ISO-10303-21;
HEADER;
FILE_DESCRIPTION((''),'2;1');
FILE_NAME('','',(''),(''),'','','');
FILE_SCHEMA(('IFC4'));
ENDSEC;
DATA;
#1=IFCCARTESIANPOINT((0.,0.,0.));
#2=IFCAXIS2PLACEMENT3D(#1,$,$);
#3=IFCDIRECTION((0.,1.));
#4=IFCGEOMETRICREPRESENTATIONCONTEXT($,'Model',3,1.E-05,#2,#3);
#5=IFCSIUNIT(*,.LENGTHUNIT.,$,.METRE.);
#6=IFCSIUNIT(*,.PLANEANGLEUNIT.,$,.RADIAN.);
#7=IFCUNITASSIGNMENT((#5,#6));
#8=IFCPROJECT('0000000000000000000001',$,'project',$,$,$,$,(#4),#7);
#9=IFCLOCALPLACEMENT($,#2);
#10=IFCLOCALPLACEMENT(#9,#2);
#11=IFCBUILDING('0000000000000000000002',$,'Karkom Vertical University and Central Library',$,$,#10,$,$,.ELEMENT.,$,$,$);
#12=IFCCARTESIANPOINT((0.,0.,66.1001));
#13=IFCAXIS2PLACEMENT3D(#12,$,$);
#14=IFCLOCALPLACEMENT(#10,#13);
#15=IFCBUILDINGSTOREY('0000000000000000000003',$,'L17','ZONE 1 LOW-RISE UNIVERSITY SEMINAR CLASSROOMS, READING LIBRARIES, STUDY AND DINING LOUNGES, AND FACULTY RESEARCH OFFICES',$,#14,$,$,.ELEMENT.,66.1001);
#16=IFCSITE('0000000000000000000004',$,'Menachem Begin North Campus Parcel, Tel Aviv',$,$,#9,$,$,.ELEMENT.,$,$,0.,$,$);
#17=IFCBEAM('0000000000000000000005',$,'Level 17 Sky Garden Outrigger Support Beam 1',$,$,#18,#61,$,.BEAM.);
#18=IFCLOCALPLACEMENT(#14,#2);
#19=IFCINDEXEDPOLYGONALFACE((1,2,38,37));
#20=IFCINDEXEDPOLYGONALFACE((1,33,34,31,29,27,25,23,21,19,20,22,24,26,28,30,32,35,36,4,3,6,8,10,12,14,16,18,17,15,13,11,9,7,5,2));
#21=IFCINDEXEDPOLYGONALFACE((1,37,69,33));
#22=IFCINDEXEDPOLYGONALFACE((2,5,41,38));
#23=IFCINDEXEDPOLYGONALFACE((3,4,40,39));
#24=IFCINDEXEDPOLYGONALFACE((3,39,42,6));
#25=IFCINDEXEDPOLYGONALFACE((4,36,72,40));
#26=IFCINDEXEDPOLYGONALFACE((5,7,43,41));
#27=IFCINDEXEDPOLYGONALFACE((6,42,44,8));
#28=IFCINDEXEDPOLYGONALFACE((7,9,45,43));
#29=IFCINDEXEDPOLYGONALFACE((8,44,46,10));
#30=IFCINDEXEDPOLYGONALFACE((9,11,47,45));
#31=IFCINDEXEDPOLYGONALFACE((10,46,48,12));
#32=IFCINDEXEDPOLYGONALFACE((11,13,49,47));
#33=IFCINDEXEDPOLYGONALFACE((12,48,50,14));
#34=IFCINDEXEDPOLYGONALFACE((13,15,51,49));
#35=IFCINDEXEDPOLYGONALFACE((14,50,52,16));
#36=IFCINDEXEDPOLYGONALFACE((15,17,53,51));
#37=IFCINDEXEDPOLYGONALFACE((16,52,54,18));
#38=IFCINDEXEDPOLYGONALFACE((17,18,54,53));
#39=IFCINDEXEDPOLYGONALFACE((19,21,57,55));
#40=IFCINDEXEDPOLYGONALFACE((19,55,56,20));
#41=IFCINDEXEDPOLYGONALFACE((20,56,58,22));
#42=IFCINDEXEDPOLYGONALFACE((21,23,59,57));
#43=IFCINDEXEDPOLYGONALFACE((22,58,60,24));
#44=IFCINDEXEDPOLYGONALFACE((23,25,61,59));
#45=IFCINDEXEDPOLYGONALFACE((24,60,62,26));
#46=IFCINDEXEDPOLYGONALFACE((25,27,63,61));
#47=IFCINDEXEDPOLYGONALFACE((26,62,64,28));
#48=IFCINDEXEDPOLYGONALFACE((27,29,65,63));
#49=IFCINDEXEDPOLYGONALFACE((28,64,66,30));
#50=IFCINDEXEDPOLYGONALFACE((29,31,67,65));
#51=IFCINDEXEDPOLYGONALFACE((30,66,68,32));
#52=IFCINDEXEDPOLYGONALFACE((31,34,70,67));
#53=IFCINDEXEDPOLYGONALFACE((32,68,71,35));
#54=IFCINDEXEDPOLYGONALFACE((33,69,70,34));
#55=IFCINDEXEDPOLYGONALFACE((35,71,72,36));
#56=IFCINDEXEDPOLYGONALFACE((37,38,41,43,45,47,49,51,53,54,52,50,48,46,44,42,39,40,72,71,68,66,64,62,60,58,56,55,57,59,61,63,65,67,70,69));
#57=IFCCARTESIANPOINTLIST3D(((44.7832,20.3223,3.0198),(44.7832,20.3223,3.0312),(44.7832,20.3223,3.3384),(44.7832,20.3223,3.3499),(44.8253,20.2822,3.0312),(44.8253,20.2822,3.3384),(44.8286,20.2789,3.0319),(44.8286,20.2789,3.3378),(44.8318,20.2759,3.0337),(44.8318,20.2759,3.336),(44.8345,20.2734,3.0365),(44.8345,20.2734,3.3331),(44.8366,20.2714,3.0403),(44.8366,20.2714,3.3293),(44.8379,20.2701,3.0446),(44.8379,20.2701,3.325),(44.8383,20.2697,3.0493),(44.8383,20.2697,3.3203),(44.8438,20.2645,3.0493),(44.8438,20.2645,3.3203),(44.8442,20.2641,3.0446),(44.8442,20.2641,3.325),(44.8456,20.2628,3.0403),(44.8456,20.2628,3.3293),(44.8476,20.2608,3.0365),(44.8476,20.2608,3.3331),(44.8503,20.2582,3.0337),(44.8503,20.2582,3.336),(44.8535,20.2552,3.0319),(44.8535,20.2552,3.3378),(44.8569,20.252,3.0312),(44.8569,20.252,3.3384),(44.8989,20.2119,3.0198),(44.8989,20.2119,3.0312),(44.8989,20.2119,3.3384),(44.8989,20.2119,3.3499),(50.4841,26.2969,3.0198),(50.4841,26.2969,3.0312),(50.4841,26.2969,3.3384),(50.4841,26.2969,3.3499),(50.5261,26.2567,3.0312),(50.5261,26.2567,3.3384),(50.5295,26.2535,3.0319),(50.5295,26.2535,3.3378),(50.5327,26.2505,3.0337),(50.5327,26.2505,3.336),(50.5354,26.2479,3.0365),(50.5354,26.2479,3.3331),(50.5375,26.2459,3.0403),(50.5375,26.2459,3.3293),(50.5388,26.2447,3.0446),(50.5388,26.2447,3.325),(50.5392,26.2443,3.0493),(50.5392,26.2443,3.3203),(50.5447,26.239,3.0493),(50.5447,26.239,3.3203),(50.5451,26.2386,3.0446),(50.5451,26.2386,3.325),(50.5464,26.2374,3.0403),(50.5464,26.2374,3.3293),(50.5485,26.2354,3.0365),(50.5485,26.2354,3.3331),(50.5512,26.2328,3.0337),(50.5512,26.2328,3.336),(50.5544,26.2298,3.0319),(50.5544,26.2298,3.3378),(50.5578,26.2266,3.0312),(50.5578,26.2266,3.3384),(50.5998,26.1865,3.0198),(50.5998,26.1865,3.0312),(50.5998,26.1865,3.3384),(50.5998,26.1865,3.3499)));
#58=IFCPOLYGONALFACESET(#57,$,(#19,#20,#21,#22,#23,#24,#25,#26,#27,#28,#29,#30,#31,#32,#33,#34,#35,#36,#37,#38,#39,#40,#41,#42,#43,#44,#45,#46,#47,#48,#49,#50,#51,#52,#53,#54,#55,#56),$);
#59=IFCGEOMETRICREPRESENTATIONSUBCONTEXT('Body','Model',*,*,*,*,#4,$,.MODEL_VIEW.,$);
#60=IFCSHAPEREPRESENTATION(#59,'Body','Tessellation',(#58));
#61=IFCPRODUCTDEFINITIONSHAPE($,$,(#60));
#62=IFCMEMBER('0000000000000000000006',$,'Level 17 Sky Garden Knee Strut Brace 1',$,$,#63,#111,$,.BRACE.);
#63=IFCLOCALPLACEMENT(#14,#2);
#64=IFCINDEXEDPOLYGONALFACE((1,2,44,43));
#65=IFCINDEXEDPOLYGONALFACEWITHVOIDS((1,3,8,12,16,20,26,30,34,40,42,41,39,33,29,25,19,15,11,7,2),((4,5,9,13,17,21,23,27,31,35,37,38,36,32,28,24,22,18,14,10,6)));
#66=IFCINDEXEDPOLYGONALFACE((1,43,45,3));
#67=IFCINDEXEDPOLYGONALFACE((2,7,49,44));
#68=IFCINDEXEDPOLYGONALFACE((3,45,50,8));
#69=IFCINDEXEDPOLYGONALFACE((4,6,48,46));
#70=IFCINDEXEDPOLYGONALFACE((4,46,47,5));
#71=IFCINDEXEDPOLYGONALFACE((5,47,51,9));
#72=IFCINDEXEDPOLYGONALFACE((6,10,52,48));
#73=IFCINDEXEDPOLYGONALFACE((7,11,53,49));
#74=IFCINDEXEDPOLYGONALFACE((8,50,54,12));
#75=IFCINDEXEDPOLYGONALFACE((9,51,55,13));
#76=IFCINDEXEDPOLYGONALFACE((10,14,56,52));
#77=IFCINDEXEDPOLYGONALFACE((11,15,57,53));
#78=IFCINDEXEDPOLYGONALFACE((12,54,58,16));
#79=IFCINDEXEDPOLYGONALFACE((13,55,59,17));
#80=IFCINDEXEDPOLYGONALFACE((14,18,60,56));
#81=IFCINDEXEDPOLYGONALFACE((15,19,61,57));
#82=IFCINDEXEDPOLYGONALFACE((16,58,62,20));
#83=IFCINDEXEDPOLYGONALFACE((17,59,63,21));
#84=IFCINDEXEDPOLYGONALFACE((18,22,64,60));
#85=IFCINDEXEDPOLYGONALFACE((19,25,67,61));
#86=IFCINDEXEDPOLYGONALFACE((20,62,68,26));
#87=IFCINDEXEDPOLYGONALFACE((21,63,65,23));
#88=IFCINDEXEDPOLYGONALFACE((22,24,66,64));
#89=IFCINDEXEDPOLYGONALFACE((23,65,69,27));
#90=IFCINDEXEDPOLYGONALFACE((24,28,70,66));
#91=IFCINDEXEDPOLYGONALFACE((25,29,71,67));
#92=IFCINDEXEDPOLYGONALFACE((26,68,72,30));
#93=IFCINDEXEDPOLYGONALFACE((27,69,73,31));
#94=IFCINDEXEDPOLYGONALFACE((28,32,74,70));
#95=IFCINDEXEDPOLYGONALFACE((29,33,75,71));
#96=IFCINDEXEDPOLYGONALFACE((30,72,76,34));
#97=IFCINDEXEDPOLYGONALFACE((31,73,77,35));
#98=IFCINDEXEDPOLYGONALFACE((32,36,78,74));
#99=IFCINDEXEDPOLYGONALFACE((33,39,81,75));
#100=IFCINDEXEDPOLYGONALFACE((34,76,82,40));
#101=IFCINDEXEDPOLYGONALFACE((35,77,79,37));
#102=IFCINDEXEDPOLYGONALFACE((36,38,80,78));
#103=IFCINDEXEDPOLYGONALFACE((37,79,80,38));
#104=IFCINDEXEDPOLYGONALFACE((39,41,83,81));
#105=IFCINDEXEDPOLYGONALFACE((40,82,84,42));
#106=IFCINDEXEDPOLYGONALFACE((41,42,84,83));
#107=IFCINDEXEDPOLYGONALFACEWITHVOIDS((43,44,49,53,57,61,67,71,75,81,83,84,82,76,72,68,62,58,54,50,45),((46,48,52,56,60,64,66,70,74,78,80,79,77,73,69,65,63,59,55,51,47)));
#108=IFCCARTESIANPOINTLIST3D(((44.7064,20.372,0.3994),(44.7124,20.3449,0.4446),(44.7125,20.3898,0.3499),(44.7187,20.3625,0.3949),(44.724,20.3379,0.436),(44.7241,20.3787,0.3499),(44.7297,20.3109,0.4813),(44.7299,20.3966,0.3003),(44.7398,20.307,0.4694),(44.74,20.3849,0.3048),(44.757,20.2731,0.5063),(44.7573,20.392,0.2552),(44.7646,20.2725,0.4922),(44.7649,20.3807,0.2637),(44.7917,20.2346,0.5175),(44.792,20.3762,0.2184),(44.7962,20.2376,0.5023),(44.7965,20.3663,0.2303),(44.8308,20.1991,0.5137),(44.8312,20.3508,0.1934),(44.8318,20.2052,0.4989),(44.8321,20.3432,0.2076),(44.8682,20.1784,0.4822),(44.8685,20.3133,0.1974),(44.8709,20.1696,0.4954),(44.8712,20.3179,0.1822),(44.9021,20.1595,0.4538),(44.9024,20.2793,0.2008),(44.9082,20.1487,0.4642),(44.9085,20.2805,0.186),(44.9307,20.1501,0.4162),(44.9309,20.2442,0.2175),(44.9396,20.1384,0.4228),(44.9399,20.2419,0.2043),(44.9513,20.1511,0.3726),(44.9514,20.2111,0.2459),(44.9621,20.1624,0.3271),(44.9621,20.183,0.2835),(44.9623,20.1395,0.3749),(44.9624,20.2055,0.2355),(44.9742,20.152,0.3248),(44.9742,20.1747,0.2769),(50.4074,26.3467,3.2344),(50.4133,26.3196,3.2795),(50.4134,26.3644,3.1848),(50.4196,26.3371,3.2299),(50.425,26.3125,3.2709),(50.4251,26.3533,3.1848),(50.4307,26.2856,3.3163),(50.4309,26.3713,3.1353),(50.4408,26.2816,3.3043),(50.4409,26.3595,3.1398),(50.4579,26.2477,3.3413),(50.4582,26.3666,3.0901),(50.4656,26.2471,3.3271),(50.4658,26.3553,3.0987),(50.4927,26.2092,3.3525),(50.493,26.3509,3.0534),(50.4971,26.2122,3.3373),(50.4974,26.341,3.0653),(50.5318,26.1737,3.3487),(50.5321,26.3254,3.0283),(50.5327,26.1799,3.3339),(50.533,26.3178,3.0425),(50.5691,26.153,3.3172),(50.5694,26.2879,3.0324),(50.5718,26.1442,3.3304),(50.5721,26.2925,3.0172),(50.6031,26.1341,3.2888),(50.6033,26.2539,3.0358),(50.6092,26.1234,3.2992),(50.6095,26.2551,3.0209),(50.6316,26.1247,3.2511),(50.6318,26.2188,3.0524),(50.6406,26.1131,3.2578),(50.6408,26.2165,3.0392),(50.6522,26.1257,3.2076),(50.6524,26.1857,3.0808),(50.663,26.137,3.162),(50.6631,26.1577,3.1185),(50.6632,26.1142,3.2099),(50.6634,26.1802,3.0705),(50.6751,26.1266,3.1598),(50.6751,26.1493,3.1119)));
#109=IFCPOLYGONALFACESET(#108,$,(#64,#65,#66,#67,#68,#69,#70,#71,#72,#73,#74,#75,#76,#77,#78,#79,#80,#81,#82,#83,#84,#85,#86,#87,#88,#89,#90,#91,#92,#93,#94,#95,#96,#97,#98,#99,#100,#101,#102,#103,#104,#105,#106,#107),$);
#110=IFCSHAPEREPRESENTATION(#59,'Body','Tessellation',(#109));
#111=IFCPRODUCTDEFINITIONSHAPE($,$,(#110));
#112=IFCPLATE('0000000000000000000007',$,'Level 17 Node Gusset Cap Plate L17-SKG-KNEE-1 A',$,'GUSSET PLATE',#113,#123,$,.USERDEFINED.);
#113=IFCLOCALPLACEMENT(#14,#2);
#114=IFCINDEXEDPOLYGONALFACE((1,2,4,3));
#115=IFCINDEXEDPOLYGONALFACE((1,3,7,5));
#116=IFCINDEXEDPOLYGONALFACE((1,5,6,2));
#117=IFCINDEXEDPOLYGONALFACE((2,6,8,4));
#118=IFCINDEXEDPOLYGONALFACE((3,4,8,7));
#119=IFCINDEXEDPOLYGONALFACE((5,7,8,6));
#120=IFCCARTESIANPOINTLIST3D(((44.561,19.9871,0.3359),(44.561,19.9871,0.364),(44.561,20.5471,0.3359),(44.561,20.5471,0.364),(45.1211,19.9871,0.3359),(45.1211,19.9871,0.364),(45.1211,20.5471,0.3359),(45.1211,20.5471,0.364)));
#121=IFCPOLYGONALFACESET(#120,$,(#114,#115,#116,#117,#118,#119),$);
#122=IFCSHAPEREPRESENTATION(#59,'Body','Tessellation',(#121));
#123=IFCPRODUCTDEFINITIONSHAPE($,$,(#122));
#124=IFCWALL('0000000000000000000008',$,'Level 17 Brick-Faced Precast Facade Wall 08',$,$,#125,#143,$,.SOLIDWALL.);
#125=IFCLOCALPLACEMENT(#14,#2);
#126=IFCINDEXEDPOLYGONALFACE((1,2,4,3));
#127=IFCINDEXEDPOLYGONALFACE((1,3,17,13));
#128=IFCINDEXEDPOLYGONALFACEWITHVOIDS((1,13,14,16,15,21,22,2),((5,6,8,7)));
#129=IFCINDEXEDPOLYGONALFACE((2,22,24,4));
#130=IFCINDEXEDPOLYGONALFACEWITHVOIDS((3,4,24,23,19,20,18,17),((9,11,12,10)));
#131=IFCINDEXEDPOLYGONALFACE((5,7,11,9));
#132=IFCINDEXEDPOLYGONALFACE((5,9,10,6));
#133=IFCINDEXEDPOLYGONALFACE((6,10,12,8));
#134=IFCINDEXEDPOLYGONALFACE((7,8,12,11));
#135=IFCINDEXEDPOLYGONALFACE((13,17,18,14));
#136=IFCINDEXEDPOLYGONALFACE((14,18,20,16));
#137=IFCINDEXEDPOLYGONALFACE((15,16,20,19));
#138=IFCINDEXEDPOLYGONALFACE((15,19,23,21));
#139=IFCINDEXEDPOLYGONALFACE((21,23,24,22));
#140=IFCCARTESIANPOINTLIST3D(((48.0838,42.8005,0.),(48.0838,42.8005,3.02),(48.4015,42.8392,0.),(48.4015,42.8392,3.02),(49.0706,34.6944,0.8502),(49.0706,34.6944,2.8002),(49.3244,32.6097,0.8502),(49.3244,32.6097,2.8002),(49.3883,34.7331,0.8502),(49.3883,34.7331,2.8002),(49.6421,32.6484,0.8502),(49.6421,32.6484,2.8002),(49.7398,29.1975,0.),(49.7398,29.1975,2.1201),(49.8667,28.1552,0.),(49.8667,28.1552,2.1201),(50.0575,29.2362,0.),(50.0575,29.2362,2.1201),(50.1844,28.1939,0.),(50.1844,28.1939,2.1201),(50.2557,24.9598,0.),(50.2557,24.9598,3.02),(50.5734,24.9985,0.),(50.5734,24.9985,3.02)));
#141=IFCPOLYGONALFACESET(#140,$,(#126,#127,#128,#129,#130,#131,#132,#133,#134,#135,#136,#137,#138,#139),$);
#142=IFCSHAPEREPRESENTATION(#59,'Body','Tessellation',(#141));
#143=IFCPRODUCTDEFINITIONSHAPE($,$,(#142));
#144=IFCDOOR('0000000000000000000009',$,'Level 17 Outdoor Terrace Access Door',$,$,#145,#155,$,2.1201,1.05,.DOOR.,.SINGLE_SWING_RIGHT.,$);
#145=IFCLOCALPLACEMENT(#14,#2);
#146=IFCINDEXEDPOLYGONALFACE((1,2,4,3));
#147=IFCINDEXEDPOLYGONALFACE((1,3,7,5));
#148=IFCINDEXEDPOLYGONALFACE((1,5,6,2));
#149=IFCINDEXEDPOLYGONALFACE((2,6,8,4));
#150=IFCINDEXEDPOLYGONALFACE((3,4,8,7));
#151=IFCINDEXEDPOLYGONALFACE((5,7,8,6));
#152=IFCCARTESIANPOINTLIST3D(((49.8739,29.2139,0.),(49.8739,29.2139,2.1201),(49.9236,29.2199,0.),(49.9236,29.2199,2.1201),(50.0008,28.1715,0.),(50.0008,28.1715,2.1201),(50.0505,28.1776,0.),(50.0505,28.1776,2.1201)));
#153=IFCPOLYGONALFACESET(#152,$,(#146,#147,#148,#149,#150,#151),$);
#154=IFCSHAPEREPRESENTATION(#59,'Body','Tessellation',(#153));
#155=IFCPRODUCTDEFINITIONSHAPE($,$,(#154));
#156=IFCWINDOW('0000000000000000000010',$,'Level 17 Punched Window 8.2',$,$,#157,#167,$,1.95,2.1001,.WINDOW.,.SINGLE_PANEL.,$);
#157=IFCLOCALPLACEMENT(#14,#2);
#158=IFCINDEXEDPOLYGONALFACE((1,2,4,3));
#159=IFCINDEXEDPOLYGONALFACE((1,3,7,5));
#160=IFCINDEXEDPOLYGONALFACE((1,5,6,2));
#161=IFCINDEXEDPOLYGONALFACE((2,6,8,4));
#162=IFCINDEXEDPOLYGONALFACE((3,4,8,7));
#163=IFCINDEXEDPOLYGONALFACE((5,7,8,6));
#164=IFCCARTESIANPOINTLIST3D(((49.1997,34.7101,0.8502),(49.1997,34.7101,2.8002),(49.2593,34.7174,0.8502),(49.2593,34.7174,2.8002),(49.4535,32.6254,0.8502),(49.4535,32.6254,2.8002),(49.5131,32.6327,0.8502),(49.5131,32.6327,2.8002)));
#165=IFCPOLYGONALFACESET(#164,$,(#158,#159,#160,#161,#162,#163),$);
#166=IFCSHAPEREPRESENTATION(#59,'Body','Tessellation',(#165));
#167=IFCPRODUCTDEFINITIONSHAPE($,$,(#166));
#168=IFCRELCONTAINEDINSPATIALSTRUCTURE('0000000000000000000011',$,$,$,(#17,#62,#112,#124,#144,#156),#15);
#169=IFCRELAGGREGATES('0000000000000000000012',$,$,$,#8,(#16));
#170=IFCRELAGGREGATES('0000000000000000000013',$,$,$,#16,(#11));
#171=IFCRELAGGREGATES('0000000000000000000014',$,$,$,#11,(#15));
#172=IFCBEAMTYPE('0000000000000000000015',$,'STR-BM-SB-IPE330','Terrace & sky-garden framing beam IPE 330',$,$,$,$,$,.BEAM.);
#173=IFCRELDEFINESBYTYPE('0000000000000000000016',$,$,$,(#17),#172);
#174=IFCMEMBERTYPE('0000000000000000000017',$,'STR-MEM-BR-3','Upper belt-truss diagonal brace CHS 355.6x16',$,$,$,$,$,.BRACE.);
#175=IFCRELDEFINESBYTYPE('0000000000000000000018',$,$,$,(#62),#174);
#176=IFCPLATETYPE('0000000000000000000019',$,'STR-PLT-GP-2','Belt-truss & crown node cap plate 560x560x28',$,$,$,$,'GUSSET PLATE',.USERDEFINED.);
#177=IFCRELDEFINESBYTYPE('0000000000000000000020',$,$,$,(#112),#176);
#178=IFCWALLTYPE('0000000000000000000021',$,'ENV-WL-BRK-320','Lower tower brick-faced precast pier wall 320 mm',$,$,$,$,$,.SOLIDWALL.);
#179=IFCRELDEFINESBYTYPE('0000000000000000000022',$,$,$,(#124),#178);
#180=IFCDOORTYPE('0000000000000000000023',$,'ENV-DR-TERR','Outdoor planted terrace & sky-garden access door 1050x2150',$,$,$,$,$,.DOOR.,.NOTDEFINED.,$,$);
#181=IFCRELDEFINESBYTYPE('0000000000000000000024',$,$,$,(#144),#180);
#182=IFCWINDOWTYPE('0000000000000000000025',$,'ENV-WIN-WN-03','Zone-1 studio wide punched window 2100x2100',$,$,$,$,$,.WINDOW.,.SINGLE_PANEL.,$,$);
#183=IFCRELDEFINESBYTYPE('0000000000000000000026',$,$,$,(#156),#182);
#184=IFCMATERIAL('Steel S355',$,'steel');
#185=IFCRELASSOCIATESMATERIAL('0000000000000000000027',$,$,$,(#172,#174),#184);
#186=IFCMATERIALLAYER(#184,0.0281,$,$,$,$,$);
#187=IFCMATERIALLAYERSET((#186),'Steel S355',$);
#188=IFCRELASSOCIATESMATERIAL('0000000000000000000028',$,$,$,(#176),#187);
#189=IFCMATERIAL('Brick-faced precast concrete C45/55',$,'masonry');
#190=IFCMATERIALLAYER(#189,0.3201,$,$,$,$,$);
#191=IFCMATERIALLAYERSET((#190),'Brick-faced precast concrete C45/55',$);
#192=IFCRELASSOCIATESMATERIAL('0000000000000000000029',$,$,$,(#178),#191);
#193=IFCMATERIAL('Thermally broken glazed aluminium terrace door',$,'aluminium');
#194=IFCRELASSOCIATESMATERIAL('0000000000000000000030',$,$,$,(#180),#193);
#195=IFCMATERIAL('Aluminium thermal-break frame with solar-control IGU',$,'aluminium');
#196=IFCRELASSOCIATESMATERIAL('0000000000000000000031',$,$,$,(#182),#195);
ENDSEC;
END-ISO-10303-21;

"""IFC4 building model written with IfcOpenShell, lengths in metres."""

from ifc_helpers import new_model, si_unit, direction, frame, frame_2d, origin, origin_with_axes, origin_2d, place, context, subcontext, project, spatial, rectangle, hollow_circle, i_section, extrude, source, transform, mapped, material, layer, layer_set, material_profile, profile_set, type_object, element, fill, save


model = new_model("IFC4")

# Units and contexts
model_context = context("Model", 3, precision=1e-05, world=origin(), true_north=direction((0.0, 1.0)))
body_context = subcontext(model_context, "Body", "Model", "MODEL_VIEW")
ifc_project = project(units=[si_unit("LENGTHUNIT", "METRE"), si_unit("PLANEANGLEUNIT", "RADIAN")], contexts=[model_context])

# Site, building, storey
site_placement = place(None, origin())
site = spatial("IfcSite", under=ifc_project, at=site_placement, Name="Menachem Begin North Campus Parcel, Tel Aviv", CompositionType="ELEMENT", RefElevation=0.0)
building_placement = place(site_placement, origin())
building = spatial("IfcBuilding", under=site, at=building_placement, Name="Karkom Vertical University and Central Library", CompositionType="ELEMENT")
storey_placement = place(building_placement, frame((0.0, 0.0, 66.1001)))
storey = spatial("IfcBuildingStorey", under=building, at=storey_placement, Name="L17", Description="ZONE 1 LOW-RISE UNIVERSITY SEMINAR CLASSROOMS, READING LIBRARIES, STUDY AND DINING LOUNGES, AND FACULTY RESEARCH OFFICES", CompositionType="ELEMENT", Elevation=66.1001)

# Beam
ifc_material_1 = material(Name="Steel S355", Category="steel")
ifc_material_profile_1 = material_profile(ifc_material_1, i_section(OverallWidth=0.1599, OverallDepth=0.3301, WebThickness=0.0076, FlangeThickness=0.0115, FilletRadius=0.0181, at=origin_2d()), Name="IPE 330")
ifc_profile_set_1 = profile_set([ifc_material_profile_1], Name="Steel S355")
beam_type_1 = type_object("IfcBeamType", Name="STR-BM-SB-IPE330", Description="Terrace & sky-garden framing beam IPE 330", PredefinedType="BEAM", material=ifc_profile_set_1)
shared_shape_1 = source(origin_with_axes(), body_context, "Body", "SweptSolid", [
    extrude(i_section(OverallWidth=0.1599, OverallDepth=0.3301, WebThickness=0.0076, FlangeThickness=0.0115, FilletRadius=0.0181, at=origin_2d()), origin(), (0.0, 0.0, 1.0), 8.2581),
])
beam_1_placement = place(storey_placement, frame((44.8411, 20.2671, 3.1848), z_axis=(0.690342, 0.723483, 0.0), x_axis=(-0.723483, 0.690342, 0.0)))
element("IfcBeam", 1, at=beam_1_placement, inside=storey, type_object=beam_type_1, Name="Level 17 Sky Garden Outrigger Support Beam 1", PredefinedType="BEAM", context=body_context, shape_type="MappedRepresentation", body=[
    mapped(shared_shape_1, transform((0.0, 0.0, 0.0), scale=1.0)),
])

# Member
ifc_material_profile_2 = material_profile(ifc_material_1, hollow_circle(Radius=0.1777, WallThickness=0.0161, at=origin_2d()), Name="CHS 355.6x16")
ifc_profile_set_2 = profile_set([ifc_material_profile_2], Name="Steel S355")
member_type = type_object("IfcMemberType", Name="STR-MEM-BR-3", Description="Upper belt-truss diagonal brace CHS 355.6x16", PredefinedType="BRACE", material=ifc_profile_set_2)
shared_shape_2 = source(origin_with_axes(), body_context, "Body", "SweptSolid", [
    extrude(hollow_circle(Radius=0.1777, WallThickness=0.0161, at=origin_2d()), origin(), (0.0, 0.0, 1.0), 8.7312),
])
member_placement = place(storey_placement, frame((44.8411, 20.2671, 0.3499), z_axis=(0.652939, 0.684284, 0.324694), x_axis=(-0.723483, 0.690342, 0.0)))
element("IfcMember", 2, at=member_placement, inside=storey, type_object=member_type, Name="Level 17 Sky Garden Knee Strut Brace 1", PredefinedType="BRACE", context=body_context, shape_type="MappedRepresentation", body=[
    mapped(shared_shape_2, transform((0.0, 0.0, 0.0), scale=1.0)),
])

# Plate
ifc_layer_1 = layer(ifc_material_1, 0.0281)
ifc_layer_set_1 = layer_set([ifc_layer_1], Name="Steel S355")
plate_type = type_object("IfcPlateType", Name="STR-PLT-GP-2", Description="Belt-truss & crown node cap plate 560x560x28", ElementType="GUSSET PLATE", PredefinedType="USERDEFINED", material=ifc_layer_set_1)
shared_shape_3 = source(origin_with_axes(), body_context, "Body", "SweptSolid", [
    extrude(rectangle(XDim=0.5601, YDim=0.5601, at=origin_2d()), origin(), (0.0, 0.0, 1.0), 0.0281),
])
plate_placement = place(storey_placement, frame((44.8411, 20.2671, 0.3359), z_axis=(0.0, 0.0, 1.0), x_axis=(1.0, 0.0, 0.0)))
element("IfcPlate", 3, at=plate_placement, inside=storey, type_object=plate_type, Name="Level 17 Node Gusset Cap Plate L17-SKG-KNEE-1 A", ObjectType="GUSSET PLATE", PredefinedType="USERDEFINED", context=body_context, shape_type="MappedRepresentation", body=[
    mapped(shared_shape_3, transform((0.0, 0.0, 0.0), scale=1.0)),
])

# Wall, openings, door, window
ifc_material_2 = material(Name="Brick-faced precast concrete C45/55", Category="masonry")
ifc_layer_2 = layer(ifc_material_2, 0.3201)
ifc_layer_set_2 = layer_set([ifc_layer_2], Name="Brick-faced precast concrete C45/55")
wall_type_1 = type_object("IfcWallType", Name="ENV-WL-BRK-320", Description="Lower tower brick-faced precast pier wall 320 mm", PredefinedType="SOLIDWALL", material=ifc_layer_set_2)
wall_1_placement = place(storey_placement, frame((50.4146, 24.979, 0.0), z_axis=(0.0, 0.0, 1.0), x_axis=(-0.120844, 0.992671, 0.0)))
wall_1 = element("IfcWall", 4, at=wall_1_placement, inside=storey, type_object=wall_type_1, Name="Level 17 Brick-Faced Precast Facade Wall 08", PredefinedType="SOLIDWALL", context=body_context, shape_type="SweptSolid", body=[
    extrude(rectangle(XDim=17.9724, YDim=0.3201, at=frame_2d((8.9863, 0.0))), origin(), (0.0, 0.0, 1.0), 3.02),
])
opening_1_placement = place(wall_1_placement, frame((7.7065, 0.0, 0.8501)))
opening_1 = element("IfcOpeningElement", 5, at=opening_1_placement, cuts=wall_1, PredefinedType="OPENING", context=body_context, shape_type="SweptSolid", body=[
    extrude(rectangle(XDim=2.1001, YDim=1.95, at=frame_2d((1.05, 0.9751))), frame((0.0, 0.1699, 0.0), z_axis=(0.0, -1.0, 0.0), x_axis=(1.0, 0.0, 0.0)), (0.0, 0.0, 1.0), 0.3401),
])
opening_2_placement = place(wall_1_placement, frame((3.2192, 0.0, 0.0)))
opening_2 = element("IfcOpeningElement", 6, at=opening_2_placement, cuts=wall_1, PredefinedType="OPENING", context=body_context, shape_type="SweptSolid", body=[
    extrude(rectangle(XDim=1.05, YDim=2.1201, at=frame_2d((0.5249, 1.0601))), frame((0.0, 0.1699, 0.0), z_axis=(0.0, -1.0, 0.0), x_axis=(1.0, 0.0, 0.0)), (0.0, 0.0, 1.0), 0.3401),
])
ifc_material_3 = material(Name="Thermally broken glazed aluminium terrace door", Category="aluminium")
door_type = type_object("IfcDoorType", Name="ENV-DR-TERR", Description="Outdoor planted terrace & sky-garden access door 1050x2150", OperationType="NOTDEFINED", PredefinedType="DOOR", material=ifc_material_3)
shared_shape_4 = source(origin_with_axes(), body_context, "Body", "SweptSolid", [
    extrude(rectangle(XDim=1.05, YDim=2.1201, at=frame_2d((0.5249, 1.0601))), frame((0.0, 0.0249, 0.0), z_axis=(0.0, -1.0, 0.0), x_axis=(1.0, 0.0, 0.0)), (0.0, 0.0, 1.0), 0.05),
])
door_placement = place(opening_2_placement, origin())
door = element("IfcDoor", 7, at=door_placement, inside=storey, type_object=door_type, Name="Level 17 Outdoor Terrace Access Door", OperationType="SINGLE_SWING_RIGHT", OverallHeight=2.1201, OverallWidth=1.05, PredefinedType="DOOR", context=body_context, shape_type="MappedRepresentation", body=[
    mapped(shared_shape_4, transform((0.0, 0.0, 0.0), scale=1.0)),
])
fill(opening_2, door)
ifc_material_4 = material(Name="Aluminium thermal-break frame with solar-control IGU", Category="aluminium")
window_type = type_object("IfcWindowType", Name="ENV-WIN-WN-03", Description="Zone-1 studio wide punched window 2100x2100", PartitioningType="SINGLE_PANEL", PredefinedType="WINDOW", material=ifc_material_4)
shared_shape_5 = source(origin_with_axes(), body_context, "Body", "SweptSolid", [
    extrude(rectangle(XDim=2.1001, YDim=1.95, at=frame_2d((1.05, 0.9751))), frame((0.0, 0.03, 0.0), z_axis=(0.0, -1.0, 0.0), x_axis=(1.0, 0.0, 0.0)), (0.0, 0.0, 1.0), 0.0601),
])
window_placement = place(opening_1_placement, origin())
window = element("IfcWindow", 8, at=window_placement, inside=storey, type_object=window_type, Name="Level 17 Punched Window 8.2", OverallHeight=1.95, OverallWidth=2.1001, PartitioningType="SINGLE_PANEL", PredefinedType="WINDOW", context=body_context, shape_type="MappedRepresentation", body=[
    mapped(shared_shape_5, transform((0.0, 0.0, 0.0), scale=1.0)),
])
fill(opening_1, window)

save(model, "model.ifc")
